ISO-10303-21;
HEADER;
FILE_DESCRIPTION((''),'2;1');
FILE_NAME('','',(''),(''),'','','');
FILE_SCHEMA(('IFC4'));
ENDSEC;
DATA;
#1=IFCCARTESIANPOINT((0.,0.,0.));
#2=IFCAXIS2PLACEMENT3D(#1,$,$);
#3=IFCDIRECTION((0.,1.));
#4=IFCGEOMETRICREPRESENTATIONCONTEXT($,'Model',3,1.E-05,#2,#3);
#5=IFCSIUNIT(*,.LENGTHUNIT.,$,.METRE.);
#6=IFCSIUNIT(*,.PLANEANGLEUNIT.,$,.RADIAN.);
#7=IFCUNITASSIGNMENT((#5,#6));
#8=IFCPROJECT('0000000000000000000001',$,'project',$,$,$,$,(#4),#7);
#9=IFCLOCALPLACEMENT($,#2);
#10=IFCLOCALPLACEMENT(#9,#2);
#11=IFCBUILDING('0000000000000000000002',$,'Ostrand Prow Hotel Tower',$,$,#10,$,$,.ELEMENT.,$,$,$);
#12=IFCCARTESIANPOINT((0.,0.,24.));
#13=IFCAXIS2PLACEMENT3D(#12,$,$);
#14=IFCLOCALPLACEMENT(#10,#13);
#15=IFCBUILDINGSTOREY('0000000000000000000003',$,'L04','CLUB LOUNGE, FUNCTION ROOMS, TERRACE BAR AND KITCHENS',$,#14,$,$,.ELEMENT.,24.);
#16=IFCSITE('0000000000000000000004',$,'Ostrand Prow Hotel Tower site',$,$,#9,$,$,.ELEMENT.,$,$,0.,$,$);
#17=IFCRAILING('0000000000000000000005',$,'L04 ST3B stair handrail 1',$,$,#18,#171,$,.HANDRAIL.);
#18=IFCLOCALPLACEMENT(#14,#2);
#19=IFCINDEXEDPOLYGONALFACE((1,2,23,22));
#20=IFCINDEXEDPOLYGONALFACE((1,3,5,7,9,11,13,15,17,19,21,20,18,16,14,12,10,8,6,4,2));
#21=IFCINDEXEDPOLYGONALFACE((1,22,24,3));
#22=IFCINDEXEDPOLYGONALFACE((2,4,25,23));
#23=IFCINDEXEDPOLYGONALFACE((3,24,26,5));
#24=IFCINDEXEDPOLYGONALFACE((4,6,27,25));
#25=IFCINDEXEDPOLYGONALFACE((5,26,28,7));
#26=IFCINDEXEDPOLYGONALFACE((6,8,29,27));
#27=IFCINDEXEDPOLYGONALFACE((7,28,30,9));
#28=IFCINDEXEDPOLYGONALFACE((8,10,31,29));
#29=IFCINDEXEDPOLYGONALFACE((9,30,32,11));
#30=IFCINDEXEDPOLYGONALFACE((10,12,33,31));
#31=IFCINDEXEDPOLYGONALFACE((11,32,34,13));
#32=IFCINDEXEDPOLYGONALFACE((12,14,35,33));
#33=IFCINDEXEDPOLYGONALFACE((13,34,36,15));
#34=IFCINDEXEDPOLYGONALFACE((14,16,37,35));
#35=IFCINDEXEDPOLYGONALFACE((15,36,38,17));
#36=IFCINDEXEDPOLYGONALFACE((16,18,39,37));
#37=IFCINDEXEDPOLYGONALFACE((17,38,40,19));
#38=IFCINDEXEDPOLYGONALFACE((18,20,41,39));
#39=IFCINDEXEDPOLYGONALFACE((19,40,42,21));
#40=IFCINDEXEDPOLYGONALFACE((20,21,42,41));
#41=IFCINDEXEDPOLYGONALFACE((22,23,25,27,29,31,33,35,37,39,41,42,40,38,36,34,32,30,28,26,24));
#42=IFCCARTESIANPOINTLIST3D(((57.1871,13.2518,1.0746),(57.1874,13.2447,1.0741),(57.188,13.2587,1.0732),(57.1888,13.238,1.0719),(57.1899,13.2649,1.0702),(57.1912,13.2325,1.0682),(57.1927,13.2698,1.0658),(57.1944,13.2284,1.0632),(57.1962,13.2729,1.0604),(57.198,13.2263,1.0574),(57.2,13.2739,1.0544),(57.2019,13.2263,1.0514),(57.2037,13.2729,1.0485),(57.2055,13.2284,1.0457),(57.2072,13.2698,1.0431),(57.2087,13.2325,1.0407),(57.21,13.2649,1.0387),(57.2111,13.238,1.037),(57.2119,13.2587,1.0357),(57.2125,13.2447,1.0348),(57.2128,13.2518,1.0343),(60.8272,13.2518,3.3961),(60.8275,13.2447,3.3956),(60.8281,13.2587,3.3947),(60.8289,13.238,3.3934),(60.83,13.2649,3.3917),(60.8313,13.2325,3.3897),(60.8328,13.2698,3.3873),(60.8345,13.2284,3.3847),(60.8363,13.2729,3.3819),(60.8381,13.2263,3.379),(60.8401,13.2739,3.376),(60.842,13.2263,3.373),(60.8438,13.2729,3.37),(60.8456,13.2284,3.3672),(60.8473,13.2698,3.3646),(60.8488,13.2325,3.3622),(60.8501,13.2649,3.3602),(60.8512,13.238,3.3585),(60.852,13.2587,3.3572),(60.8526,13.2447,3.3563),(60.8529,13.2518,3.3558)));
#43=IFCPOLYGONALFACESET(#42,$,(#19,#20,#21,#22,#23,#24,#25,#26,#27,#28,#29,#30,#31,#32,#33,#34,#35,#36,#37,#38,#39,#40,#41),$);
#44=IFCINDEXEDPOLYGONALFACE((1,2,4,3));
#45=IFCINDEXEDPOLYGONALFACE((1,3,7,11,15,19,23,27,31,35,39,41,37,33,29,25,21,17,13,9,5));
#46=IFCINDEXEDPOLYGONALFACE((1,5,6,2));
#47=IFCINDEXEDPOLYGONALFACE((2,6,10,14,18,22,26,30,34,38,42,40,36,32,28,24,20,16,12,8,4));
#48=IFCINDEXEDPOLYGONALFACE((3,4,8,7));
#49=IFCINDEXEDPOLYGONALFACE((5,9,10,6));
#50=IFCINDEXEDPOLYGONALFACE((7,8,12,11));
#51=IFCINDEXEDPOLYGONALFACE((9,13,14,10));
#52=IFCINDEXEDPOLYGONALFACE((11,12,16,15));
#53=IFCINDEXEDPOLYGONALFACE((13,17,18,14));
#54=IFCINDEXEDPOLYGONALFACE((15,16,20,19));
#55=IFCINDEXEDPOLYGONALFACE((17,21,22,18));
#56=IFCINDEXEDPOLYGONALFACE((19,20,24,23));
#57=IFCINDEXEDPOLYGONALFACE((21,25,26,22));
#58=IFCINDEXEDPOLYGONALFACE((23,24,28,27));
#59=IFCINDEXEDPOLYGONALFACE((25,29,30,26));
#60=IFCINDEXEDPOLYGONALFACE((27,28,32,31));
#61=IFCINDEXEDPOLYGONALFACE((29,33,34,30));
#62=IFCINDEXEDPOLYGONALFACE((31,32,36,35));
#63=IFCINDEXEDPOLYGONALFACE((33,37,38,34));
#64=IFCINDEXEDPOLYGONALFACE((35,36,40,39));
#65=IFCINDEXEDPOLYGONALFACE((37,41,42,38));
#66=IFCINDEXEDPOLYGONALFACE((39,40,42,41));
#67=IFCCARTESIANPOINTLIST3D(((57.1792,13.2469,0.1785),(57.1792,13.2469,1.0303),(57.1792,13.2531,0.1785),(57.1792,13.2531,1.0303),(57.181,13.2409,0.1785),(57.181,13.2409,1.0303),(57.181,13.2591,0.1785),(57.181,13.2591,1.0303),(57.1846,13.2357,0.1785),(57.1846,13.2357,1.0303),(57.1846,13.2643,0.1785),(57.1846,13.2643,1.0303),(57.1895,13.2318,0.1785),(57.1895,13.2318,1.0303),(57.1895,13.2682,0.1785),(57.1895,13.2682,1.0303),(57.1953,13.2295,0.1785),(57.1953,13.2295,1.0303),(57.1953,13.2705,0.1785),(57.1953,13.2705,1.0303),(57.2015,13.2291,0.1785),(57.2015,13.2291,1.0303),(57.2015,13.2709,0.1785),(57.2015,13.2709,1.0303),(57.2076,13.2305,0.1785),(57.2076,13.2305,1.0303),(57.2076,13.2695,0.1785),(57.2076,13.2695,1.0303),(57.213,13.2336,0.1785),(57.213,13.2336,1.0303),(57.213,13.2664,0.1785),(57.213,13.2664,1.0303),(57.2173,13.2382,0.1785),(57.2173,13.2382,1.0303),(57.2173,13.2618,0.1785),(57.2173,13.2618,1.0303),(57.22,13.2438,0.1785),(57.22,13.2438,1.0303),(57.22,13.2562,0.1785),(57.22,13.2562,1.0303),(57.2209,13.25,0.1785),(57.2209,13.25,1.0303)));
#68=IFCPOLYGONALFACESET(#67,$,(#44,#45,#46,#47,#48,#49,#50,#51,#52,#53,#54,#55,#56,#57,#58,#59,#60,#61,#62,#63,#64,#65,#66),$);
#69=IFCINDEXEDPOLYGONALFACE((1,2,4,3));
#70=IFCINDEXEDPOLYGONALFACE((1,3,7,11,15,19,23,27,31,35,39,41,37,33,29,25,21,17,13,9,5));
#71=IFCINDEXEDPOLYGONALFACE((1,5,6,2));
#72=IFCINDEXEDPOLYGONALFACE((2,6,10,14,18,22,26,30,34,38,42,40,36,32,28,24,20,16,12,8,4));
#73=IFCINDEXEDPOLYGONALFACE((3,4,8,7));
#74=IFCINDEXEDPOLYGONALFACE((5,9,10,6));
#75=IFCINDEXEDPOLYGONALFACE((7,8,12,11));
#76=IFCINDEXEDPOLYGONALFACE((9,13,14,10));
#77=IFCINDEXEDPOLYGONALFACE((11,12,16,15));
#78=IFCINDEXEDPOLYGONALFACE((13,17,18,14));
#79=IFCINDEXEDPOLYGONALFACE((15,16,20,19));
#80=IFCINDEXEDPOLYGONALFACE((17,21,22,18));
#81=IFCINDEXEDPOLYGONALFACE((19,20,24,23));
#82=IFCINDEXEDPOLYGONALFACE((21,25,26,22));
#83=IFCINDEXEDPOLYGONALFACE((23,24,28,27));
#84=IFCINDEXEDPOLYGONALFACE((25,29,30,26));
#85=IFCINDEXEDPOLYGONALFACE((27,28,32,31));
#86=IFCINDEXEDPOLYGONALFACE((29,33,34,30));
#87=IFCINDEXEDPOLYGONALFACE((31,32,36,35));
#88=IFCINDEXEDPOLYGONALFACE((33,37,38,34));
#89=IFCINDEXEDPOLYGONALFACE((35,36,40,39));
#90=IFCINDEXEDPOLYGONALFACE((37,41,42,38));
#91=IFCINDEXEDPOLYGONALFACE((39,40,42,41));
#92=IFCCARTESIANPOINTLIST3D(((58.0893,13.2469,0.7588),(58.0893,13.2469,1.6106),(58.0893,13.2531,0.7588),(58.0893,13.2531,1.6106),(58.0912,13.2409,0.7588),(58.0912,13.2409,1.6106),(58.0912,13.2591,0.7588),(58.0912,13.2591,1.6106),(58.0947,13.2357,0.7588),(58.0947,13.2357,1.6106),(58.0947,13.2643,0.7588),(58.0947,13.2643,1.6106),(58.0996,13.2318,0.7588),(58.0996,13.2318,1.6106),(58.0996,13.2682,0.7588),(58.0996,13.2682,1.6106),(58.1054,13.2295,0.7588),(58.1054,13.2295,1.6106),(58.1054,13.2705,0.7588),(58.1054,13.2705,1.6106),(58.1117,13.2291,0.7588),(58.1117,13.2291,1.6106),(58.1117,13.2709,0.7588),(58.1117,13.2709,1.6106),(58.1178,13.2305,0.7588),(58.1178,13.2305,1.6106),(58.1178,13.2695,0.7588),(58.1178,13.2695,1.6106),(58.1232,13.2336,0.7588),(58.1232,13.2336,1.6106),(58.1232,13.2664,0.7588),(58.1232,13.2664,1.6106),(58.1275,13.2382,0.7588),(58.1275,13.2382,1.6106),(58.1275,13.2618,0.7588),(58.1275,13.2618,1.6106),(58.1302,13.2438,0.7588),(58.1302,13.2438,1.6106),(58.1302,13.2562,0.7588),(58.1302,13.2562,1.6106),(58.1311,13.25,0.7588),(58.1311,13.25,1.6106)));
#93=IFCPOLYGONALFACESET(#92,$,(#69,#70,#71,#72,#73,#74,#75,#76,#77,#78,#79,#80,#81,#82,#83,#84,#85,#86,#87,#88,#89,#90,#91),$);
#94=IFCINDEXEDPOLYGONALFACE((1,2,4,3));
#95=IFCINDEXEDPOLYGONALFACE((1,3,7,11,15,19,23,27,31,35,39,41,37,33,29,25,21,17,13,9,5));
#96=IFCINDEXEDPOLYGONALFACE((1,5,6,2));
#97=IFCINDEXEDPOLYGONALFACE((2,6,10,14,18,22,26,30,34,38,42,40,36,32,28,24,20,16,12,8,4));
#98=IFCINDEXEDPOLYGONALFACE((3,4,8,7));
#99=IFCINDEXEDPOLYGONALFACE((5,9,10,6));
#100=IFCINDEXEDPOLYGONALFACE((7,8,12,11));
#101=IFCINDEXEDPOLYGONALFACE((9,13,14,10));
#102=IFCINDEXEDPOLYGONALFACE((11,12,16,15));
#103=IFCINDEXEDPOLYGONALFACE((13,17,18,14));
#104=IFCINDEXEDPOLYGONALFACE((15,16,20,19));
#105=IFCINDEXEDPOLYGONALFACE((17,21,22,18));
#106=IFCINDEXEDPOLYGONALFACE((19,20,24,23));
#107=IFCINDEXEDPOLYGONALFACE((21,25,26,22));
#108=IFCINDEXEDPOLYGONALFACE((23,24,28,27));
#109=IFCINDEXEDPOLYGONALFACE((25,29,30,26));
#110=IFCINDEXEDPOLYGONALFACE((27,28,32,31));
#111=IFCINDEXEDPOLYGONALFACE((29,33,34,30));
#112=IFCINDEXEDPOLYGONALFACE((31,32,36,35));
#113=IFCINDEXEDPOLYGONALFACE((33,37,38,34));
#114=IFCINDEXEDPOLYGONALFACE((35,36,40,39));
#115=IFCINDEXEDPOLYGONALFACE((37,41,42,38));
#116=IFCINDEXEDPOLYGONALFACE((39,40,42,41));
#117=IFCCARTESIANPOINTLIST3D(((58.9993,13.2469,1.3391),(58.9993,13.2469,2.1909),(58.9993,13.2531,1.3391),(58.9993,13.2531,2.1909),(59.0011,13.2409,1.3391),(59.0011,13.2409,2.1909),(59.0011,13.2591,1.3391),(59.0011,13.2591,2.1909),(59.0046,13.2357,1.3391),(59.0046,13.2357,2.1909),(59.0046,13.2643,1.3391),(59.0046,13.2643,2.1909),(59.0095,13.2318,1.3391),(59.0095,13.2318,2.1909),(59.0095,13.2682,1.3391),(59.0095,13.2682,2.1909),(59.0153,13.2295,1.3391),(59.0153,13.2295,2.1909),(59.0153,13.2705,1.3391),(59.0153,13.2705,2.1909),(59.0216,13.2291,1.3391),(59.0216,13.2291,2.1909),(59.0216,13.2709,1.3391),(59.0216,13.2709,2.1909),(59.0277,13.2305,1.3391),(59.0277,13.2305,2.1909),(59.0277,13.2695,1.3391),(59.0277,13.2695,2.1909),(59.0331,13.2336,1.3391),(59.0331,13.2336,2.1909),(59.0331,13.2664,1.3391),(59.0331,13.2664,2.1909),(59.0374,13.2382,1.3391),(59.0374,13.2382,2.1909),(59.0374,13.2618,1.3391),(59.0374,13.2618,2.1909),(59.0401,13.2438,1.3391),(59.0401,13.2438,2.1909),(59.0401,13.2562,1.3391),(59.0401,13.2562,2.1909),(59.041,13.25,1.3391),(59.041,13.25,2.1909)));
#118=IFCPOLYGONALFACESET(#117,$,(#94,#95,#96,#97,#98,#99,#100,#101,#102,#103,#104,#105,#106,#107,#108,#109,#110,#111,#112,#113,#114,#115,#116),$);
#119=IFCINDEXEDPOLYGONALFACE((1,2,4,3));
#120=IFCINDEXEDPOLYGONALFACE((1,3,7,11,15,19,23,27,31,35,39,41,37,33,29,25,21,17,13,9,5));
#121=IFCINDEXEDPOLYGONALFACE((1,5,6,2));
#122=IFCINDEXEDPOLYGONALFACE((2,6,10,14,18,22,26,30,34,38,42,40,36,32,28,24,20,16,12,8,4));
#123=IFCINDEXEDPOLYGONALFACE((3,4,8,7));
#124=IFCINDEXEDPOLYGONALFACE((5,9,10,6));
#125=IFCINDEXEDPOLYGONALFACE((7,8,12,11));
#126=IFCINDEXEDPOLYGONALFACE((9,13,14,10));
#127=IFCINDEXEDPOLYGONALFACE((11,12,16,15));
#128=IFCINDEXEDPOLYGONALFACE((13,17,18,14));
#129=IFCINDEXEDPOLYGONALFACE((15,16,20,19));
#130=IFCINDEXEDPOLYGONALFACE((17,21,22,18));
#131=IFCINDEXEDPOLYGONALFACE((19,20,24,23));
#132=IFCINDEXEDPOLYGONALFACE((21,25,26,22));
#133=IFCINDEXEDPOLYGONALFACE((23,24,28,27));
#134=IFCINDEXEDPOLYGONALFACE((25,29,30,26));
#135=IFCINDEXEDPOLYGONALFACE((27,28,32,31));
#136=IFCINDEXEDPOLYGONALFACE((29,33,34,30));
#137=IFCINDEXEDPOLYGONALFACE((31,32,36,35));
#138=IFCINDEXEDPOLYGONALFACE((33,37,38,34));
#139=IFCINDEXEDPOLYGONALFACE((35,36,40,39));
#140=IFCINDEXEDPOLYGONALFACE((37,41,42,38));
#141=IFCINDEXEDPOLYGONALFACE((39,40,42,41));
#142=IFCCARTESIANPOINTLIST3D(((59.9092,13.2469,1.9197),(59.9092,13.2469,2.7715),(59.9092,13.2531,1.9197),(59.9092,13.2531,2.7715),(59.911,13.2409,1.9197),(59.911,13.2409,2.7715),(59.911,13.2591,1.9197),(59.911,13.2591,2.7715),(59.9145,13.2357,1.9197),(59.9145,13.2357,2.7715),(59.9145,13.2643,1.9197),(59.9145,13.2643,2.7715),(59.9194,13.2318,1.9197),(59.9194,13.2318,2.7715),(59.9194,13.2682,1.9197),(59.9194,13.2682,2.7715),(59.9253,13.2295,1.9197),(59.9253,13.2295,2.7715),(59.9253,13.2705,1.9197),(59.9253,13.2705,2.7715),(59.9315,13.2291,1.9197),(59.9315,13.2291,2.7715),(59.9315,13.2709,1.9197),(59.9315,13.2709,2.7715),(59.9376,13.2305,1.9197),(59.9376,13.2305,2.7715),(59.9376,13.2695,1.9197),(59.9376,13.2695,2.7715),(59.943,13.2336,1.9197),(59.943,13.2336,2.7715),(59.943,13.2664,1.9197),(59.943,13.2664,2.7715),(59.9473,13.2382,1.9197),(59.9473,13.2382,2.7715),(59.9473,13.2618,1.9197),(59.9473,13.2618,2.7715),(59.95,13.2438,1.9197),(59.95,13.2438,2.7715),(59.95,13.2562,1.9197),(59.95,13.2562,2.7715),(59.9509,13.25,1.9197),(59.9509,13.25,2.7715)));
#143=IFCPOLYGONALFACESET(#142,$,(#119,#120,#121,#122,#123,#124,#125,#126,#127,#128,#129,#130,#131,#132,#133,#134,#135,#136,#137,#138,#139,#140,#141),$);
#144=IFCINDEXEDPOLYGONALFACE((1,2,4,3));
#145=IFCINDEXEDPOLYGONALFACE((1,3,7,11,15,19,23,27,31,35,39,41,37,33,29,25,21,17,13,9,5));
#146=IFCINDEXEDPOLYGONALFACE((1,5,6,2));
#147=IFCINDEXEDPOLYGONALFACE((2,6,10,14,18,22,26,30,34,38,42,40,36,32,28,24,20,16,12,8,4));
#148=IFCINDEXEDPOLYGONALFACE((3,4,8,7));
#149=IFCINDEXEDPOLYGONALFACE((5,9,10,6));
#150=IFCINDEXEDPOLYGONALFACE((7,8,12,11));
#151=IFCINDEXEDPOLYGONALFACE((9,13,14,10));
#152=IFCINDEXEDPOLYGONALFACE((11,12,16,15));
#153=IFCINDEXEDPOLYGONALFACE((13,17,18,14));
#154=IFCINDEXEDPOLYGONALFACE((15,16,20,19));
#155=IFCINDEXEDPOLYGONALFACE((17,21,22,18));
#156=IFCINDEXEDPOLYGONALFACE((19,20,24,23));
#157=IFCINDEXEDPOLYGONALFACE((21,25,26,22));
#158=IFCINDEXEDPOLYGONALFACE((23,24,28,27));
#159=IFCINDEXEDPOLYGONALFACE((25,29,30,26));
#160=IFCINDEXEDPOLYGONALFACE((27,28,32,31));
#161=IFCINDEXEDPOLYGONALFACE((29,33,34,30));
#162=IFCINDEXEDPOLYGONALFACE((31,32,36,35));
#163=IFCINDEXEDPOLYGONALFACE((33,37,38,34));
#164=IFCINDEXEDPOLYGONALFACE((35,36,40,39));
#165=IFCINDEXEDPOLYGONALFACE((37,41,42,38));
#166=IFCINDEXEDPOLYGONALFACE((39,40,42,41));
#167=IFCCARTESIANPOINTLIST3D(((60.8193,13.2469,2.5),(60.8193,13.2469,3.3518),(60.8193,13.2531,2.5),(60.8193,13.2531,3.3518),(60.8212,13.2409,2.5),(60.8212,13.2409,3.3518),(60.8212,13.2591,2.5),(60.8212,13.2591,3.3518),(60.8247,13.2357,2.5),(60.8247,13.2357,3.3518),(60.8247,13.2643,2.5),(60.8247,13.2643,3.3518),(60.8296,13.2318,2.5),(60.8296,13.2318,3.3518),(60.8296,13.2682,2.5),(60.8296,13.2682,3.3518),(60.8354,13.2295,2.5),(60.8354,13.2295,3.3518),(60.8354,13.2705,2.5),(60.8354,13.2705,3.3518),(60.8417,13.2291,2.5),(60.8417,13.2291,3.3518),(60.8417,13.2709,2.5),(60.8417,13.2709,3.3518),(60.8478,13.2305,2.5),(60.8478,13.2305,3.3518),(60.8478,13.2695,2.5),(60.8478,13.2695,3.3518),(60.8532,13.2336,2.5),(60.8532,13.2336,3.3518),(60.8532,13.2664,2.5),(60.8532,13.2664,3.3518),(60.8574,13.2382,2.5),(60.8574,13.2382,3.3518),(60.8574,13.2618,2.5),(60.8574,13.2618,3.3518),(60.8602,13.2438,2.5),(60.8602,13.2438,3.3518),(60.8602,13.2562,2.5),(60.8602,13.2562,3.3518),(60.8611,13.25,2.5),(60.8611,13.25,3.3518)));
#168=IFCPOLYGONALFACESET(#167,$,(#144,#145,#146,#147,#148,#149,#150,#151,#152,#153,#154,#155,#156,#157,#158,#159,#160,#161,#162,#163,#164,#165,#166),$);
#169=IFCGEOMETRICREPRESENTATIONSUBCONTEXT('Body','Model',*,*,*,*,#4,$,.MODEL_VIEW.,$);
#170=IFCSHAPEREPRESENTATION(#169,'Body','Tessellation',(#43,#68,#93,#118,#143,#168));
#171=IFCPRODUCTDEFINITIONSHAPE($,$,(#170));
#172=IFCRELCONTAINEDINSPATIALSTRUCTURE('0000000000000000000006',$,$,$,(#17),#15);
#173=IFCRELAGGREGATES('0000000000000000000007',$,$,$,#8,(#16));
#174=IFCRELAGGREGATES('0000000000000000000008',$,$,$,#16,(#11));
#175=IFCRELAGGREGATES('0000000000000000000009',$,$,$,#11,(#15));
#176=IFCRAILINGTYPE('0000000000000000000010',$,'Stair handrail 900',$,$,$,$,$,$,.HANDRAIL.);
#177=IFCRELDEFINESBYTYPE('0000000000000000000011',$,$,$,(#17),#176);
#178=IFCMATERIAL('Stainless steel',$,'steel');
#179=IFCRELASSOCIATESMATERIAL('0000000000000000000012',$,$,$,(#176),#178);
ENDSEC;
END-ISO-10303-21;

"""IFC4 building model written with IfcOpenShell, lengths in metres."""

from ifc_helpers import new_model, si_unit, direction, frame, origin, origin_2d, place, context, subcontext, project, spatial, circle, extrude, material, type_object, element, save


model = new_model("IFC4")

# Units and contexts
model_context = context("Model", 3, precision=1e-05, world=origin(), true_north=direction((0.0, 1.0)))
body_context = subcontext(model_context, "Body", "Model", "MODEL_VIEW")
ifc_project = project(units=[si_unit("LENGTHUNIT", "METRE"), si_unit("PLANEANGLEUNIT", "RADIAN")], contexts=[model_context])

# Site, building, storey
site_placement = place(None, origin())
site = spatial("IfcSite", under=ifc_project, at=site_placement, Name="Ostrand Prow Hotel Tower site", CompositionType="ELEMENT", RefElevation=0.0)
building_placement = place(site_placement, origin())
building = spatial("IfcBuilding", under=site, at=building_placement, Name="Ostrand Prow Hotel Tower", CompositionType="ELEMENT")
storey_placement = place(building_placement, frame((0.0, 0.0, 24.0)))
storey = spatial("IfcBuildingStorey", under=building, at=storey_placement, Name="L04", Description="CLUB LOUNGE, FUNCTION ROOMS, TERRACE BAR AND KITCHENS", CompositionType="ELEMENT", Elevation=24.0)

# Railing
ifc_material_1 = material(Name="Stainless steel", Category="steel")
railing_type_1 = type_object("IfcRailingType", Name="Stair handrail 900", PredefinedType="HANDRAIL", material=ifc_material_1)
for number, where, name in (
    (1, (57.2, 13.25, 0.1785), "L04 ST3B stair handrail 1"),
):
    element("IfcRailing", number, at=place(storey_placement, frame(where)), inside=storey, type_object=railing_type_1, Name=name, PredefinedType="HANDRAIL", context=body_context, shape_type="SweptSolid", body=[
        extrude(circle(Radius=0.0239, at=origin_2d()), frame((0.0, 0.0, 0.876), z_axis=(0.843128, 0.0, 0.537713), x_axis=(0.0, 1.0, 0.0)), (0.0, 0.0, 1.0), 4.3174),
        extrude(circle(Radius=0.021, at=origin_2d()), origin(), (0.0, 0.0, 1.0), 0.8518),
        extrude(circle(Radius=0.021, at=origin_2d()), frame((0.9102, 0.0, 0.5803)), (0.0, 0.0, 1.0), 0.8518),
        extrude(circle(Radius=0.021, at=origin_2d()), frame((1.8201, 0.0, 1.1606)), (0.0, 0.0, 1.0), 0.8518),
        extrude(circle(Radius=0.021, at=origin_2d()), frame((2.73, 0.0, 1.7412)), (0.0, 0.0, 1.0), 0.8518),
        extrude(circle(Radius=0.021, at=origin_2d()), frame((3.6401, 0.0, 2.3215)), (0.0, 0.0, 1.0), 0.8518),
    ])

save(model, "model.ifc")
